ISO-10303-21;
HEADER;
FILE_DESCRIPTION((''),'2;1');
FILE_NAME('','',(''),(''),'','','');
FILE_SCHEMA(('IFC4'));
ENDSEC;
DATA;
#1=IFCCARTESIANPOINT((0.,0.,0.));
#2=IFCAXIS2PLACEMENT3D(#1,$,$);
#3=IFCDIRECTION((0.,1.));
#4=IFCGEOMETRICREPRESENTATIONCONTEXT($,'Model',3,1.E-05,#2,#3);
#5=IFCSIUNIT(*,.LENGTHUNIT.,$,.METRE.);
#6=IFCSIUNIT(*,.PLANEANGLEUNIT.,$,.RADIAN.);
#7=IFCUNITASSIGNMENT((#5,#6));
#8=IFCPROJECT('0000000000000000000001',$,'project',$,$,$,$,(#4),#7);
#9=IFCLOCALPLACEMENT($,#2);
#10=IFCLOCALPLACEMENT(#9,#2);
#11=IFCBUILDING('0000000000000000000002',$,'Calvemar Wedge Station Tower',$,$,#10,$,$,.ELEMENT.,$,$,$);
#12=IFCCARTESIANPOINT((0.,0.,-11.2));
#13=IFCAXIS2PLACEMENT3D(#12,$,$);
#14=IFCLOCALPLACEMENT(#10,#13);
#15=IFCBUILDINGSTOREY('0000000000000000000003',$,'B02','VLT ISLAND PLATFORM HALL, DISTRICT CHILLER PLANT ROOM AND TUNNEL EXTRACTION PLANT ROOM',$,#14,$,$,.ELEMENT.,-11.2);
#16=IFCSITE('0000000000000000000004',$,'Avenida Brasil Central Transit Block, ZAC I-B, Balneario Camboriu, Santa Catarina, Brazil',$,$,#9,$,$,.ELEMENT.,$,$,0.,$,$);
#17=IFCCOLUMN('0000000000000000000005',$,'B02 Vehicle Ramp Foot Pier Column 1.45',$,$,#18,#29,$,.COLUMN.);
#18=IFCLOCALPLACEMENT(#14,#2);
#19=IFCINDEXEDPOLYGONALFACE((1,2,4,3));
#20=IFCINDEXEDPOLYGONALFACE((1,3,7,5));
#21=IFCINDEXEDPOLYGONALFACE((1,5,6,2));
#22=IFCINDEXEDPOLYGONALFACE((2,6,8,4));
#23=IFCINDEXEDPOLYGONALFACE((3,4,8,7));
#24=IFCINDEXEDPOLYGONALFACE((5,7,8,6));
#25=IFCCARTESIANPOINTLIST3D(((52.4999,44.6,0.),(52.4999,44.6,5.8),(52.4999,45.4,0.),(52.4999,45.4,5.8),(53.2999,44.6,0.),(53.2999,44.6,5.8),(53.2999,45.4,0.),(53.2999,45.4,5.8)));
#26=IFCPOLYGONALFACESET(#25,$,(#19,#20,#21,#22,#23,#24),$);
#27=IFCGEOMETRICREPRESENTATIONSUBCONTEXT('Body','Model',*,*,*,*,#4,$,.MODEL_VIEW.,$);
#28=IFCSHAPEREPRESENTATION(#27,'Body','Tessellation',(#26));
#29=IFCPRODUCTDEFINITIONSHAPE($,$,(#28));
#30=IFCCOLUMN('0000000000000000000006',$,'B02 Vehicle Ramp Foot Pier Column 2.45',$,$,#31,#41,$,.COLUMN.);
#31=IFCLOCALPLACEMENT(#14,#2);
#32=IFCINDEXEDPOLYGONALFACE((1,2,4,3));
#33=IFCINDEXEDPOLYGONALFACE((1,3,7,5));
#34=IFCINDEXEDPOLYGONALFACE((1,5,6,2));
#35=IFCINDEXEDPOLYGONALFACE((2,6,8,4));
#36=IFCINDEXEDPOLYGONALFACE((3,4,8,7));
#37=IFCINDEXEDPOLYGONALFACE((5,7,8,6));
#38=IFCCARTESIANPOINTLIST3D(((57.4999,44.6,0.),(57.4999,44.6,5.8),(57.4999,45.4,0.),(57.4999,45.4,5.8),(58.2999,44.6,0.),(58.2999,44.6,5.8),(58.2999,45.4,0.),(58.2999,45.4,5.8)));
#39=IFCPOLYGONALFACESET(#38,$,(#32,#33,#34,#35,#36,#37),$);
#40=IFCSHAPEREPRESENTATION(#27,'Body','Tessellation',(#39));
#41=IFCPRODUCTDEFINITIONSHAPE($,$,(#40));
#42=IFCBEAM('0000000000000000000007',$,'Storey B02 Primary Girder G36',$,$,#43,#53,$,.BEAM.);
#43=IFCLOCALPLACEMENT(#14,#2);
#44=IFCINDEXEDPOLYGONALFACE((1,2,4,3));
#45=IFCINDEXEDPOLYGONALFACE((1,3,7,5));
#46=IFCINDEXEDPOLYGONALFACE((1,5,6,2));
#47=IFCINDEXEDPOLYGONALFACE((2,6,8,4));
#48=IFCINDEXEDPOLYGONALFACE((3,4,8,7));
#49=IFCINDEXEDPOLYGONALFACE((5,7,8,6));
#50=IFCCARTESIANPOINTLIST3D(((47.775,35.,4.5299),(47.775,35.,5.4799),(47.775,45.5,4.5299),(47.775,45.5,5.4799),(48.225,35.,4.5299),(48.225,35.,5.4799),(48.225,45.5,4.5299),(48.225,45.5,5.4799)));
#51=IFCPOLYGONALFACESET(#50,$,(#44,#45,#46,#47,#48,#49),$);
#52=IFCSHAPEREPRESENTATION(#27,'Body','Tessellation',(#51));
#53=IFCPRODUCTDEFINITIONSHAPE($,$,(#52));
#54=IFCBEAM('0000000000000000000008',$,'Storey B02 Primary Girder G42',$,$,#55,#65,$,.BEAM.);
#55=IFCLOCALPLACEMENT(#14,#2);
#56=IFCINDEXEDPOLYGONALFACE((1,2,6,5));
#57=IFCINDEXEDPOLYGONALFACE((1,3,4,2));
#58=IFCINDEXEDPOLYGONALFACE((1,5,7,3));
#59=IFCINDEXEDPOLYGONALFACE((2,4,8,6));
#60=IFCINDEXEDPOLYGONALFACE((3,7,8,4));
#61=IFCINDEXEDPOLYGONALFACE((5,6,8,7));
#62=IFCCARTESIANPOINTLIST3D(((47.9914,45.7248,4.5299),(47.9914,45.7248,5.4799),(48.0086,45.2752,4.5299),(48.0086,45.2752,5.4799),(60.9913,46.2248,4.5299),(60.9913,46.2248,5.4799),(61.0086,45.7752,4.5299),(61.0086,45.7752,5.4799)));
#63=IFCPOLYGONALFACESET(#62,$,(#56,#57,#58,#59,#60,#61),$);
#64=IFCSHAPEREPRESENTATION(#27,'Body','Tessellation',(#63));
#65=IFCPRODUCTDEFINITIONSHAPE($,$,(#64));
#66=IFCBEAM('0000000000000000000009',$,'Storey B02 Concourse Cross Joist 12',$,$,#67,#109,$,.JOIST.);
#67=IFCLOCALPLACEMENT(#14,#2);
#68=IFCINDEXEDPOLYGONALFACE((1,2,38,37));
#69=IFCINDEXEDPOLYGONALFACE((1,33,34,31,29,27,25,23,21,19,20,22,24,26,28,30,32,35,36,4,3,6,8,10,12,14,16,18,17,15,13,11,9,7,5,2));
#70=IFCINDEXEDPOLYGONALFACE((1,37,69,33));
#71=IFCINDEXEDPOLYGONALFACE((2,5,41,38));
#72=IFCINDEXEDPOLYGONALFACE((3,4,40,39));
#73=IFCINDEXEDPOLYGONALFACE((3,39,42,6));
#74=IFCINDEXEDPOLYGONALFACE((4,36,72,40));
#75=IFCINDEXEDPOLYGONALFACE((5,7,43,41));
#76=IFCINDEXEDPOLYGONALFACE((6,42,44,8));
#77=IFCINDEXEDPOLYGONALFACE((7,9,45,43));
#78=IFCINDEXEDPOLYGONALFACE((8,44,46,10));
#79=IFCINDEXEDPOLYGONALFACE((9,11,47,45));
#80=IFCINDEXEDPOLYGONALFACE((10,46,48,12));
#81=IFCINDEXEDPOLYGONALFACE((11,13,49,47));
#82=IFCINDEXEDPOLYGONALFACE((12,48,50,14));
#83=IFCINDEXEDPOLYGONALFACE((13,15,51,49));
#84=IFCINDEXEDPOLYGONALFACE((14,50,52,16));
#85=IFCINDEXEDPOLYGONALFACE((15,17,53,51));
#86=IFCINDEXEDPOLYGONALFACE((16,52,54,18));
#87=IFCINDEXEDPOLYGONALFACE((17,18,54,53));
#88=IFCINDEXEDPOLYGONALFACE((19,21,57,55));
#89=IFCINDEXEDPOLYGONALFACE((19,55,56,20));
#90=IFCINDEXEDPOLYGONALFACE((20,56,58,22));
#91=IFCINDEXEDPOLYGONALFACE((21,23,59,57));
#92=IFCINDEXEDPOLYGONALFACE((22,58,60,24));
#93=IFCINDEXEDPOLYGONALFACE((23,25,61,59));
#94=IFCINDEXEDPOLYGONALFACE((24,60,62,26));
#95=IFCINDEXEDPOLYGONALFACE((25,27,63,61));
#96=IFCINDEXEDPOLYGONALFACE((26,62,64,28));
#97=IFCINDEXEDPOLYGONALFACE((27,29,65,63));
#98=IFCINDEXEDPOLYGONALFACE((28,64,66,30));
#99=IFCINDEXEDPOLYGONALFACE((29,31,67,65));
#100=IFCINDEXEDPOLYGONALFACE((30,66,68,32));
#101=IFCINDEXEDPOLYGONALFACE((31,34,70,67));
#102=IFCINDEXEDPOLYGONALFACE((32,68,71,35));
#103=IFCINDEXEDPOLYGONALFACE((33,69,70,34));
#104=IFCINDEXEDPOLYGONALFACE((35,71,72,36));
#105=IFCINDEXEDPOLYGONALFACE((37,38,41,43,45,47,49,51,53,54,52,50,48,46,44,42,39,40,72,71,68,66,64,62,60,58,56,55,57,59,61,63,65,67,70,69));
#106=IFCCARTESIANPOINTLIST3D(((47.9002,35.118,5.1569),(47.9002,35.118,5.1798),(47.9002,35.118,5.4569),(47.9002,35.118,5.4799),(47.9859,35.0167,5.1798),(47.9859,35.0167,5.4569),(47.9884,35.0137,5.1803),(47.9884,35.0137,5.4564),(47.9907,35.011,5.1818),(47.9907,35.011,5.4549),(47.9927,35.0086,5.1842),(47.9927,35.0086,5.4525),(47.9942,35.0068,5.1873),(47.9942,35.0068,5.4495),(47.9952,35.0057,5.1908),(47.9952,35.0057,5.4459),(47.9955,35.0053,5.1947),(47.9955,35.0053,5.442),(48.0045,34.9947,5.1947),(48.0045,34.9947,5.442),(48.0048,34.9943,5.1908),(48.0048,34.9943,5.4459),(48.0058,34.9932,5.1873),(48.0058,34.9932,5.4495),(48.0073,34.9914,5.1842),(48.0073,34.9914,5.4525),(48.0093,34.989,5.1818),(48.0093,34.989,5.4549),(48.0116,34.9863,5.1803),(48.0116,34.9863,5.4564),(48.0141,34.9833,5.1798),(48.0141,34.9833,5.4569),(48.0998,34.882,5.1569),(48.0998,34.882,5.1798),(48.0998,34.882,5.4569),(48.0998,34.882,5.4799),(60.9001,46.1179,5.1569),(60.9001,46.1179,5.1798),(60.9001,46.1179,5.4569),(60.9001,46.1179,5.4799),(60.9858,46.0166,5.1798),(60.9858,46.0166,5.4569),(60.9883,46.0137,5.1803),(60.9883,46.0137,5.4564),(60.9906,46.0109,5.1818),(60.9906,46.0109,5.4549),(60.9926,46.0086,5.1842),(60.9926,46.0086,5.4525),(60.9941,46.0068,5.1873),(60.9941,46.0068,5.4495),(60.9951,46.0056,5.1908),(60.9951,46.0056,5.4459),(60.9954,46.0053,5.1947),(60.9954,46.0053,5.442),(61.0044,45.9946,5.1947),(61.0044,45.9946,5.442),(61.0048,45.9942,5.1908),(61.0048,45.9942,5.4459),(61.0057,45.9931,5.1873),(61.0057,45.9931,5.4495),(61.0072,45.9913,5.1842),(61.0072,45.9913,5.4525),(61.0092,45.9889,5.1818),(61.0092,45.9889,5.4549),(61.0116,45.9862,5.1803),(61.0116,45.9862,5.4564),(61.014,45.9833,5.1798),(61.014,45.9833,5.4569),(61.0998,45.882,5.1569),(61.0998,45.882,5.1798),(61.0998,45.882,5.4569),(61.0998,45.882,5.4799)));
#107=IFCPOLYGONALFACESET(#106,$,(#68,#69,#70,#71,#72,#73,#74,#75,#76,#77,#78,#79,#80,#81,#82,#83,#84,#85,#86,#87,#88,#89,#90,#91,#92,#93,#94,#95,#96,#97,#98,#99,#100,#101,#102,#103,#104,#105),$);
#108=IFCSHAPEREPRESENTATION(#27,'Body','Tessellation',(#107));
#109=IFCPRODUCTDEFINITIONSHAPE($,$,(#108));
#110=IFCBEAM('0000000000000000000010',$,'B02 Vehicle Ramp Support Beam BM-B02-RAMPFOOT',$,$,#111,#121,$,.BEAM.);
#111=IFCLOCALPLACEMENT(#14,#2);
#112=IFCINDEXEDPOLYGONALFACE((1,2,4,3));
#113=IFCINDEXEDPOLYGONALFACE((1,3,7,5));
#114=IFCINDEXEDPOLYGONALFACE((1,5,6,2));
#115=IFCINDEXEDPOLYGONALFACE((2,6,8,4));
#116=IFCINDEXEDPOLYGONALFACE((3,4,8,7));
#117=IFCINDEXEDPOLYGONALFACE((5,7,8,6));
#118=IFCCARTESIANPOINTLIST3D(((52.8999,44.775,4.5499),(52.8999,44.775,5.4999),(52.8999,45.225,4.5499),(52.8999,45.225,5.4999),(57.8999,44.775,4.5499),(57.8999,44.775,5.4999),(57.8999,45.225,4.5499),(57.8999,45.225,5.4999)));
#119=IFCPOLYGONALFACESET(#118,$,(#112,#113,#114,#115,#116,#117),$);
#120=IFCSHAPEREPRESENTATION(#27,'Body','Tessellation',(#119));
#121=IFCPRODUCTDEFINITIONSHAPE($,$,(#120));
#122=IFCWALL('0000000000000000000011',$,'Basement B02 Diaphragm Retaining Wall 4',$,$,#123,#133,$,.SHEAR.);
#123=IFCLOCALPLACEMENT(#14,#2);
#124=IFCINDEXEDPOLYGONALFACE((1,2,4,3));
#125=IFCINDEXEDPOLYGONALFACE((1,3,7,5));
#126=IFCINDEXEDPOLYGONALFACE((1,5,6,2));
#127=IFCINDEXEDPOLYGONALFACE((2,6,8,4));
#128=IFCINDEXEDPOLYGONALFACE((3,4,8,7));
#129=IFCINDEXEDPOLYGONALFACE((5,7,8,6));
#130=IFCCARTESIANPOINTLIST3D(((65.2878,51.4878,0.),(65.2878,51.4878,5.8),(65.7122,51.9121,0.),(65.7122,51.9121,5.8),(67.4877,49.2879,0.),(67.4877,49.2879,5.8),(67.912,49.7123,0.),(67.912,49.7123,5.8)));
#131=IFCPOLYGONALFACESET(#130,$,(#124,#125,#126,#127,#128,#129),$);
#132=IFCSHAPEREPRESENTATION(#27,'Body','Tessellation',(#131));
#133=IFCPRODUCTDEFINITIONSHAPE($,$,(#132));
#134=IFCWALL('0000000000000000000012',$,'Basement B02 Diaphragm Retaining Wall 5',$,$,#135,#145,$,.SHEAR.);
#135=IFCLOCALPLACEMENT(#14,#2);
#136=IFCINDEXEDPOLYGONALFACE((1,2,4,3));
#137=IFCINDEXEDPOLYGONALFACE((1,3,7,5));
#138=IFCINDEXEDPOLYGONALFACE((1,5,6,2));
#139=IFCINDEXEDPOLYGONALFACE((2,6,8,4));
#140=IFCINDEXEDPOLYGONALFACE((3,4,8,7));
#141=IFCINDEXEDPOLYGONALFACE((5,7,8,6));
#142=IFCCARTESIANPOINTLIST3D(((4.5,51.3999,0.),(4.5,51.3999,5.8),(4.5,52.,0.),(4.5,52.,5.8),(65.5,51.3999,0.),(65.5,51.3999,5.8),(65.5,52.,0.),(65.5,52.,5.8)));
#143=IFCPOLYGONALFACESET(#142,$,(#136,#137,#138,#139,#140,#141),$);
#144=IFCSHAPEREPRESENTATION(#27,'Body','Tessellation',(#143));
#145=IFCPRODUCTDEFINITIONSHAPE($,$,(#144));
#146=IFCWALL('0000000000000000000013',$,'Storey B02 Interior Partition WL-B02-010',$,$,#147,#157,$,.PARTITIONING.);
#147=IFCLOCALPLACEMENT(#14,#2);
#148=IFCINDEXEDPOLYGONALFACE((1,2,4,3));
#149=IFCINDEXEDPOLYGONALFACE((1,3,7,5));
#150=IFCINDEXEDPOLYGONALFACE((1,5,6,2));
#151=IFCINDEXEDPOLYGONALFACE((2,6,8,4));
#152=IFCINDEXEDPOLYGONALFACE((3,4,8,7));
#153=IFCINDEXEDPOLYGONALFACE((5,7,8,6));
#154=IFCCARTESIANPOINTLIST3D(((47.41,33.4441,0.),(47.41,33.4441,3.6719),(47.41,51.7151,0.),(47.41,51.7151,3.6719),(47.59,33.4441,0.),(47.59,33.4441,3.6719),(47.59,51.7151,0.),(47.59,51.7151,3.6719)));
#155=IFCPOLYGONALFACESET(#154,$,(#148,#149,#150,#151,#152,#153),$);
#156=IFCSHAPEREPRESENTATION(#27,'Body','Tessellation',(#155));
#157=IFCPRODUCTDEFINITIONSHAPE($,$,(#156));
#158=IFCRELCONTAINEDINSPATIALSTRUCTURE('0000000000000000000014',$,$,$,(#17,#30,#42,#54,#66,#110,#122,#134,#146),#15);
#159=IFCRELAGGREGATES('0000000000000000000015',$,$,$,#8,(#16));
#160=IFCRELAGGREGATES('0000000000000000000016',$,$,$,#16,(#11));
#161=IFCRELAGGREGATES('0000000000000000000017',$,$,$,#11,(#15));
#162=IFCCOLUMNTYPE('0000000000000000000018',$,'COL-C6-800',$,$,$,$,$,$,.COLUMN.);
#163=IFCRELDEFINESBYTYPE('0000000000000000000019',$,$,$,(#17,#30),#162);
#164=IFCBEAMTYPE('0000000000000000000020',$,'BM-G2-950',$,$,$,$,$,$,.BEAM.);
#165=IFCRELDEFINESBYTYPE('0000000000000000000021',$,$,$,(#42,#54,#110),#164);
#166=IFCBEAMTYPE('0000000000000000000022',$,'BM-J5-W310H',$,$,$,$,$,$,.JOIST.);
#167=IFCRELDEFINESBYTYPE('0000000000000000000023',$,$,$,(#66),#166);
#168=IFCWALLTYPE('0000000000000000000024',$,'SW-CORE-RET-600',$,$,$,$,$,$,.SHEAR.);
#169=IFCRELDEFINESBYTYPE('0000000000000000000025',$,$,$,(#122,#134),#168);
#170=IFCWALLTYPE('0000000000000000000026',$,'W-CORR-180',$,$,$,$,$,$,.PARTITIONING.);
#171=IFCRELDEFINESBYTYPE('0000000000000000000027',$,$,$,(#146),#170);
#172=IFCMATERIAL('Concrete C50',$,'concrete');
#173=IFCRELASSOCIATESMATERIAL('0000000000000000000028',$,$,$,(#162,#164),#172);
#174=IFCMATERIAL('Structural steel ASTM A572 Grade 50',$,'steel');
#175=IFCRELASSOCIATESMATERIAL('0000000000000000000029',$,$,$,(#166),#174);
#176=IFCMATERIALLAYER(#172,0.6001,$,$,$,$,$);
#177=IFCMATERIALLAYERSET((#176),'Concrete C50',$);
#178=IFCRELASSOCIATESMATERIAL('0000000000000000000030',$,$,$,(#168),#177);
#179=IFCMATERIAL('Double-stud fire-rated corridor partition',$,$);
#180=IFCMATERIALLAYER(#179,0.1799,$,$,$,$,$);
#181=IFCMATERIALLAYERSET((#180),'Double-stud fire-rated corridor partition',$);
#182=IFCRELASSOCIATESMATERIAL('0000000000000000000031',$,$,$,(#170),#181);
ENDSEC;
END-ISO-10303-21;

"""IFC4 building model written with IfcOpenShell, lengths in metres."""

from ifc_helpers import new_model, si_unit, direction, frame, frame_2d, origin, origin_2d, place, context, subcontext, project, spatial, rectangle, i_section, extrude, source, transform, mapped, material, layer, layer_set, material_profile, profile_set, type_object, element, save


model = new_model("IFC4")

# Units and contexts
model_context = context("Model", 3, precision=1e-05, world=origin(), true_north=direction((0.0, 1.0)))
body_context = subcontext(model_context, "Body", "Model", "MODEL_VIEW")
ifc_project = project(units=[si_unit("LENGTHUNIT", "METRE"), si_unit("PLANEANGLEUNIT", "RADIAN")], contexts=[model_context])

# Site, building, storey
site_placement = place(None, origin())
site = spatial("IfcSite", under=ifc_project, at=site_placement, Name="Avenida Brasil Central Transit Block, ZAC I-B, Balneario Camboriu, Santa Catarina, Brazil", CompositionType="ELEMENT", RefElevation=0.0)
building_placement = place(site_placement, origin())
building = spatial("IfcBuilding", under=site, at=building_placement, Name="Calvemar Wedge Station Tower", CompositionType="ELEMENT")
storey_placement = place(building_placement, frame((0.0, 0.0, -11.2)))
storey = spatial("IfcBuildingStorey", under=building, at=storey_placement, Name="B02", Description="VLT ISLAND PLATFORM HALL, DISTRICT CHILLER PLANT ROOM AND TUNNEL EXTRACTION PLANT ROOM", CompositionType="ELEMENT", Elevation=-11.2)

# Columns
ifc_material_1 = material(Name="Concrete C50", Category="concrete")
ifc_material_profile_1 = material_profile(ifc_material_1, rectangle(XDim=0.8, YDim=0.8, at=origin_2d()), Name="RC800x800")
ifc_profile_set_1 = profile_set([ifc_material_profile_1], Name="Concrete C50")
column_type_1 = type_object("IfcColumnType", Name="COL-C6-800", PredefinedType="COLUMN", material=ifc_profile_set_1)
shared_shape_1 = source(origin(), body_context, "Body", "SweptSolid", [
    extrude(rectangle(XDim=0.8, YDim=0.8, at=origin_2d()), origin(), (0.0, 0.0, 1.0), 5.8),
])
for number, where, z_axis, x_axis, name in (
    (1, (52.8999, 45.0, 0.0), (0.0, 0.0, 1.0), (1.0, 0.0, 0.0), "B02 Vehicle Ramp Foot Pier Column 1.45"),
    (2, (57.8999, 45.0, 0.0), (0.0, 0.0, 1.0), (1.0, 0.0, 0.0), "B02 Vehicle Ramp Foot Pier Column 2.45"),
):
    element("IfcColumn", number, at=place(storey_placement, frame(where, z_axis=z_axis, x_axis=x_axis)), inside=storey, type_object=column_type_1, Name=name, PredefinedType="COLUMN", context=body_context, shape_type="MappedRepresentation", body=[
        mapped(shared_shape_1, transform((0.0, 0.0, 0.0), scale=1.0)),
    ])

# Beams
ifc_material_profile_2 = material_profile(ifc_material_1, rectangle(XDim=0.45, YDim=0.95, at=origin_2d()), Name="RC450x950")
ifc_profile_set_2 = profile_set([ifc_material_profile_2], Name="Concrete C50")
beam_type_1 = type_object("IfcBeamType", Name="BM-G2-950", PredefinedType="BEAM", material=ifc_profile_set_2)
shared_shape_2 = source(origin(), body_context, "Body", "SweptSolid", [
    extrude(rectangle(XDim=0.45, YDim=0.95, at=origin_2d()), origin(), (0.0, 0.0, 1.0), 10.5),
])
beam_1_placement = place(storey_placement, frame((48.0, 35.0, 5.0049), z_axis=(0.0, 1.0, 0.0), x_axis=(-1.0, 0.0, 0.0)))
element("IfcBeam", 3, at=beam_1_placement, inside=storey, type_object=beam_type_1, Name="Storey B02 Primary Girder G36", PredefinedType="BEAM", context=body_context, shape_type="MappedRepresentation", body=[
    mapped(shared_shape_2, transform((0.0, 0.0, 0.0), scale=1.0)),
])
shared_shape_3 = source(origin(), body_context, "Body", "SweptSolid", [
    extrude(rectangle(XDim=0.45, YDim=0.95, at=origin_2d()), origin(), (0.0, 0.0, 1.0), 13.0095),
])
beam_2_placement = place(storey_placement, frame((48.0, 45.5, 5.0049), z_axis=(0.999261, 0.038433, 0.0), x_axis=(-0.038433, 0.999261, 0.0)))
element("IfcBeam", 4, at=beam_2_placement, inside=storey, type_object=beam_type_1, Name="Storey B02 Primary Girder G42", PredefinedType="BEAM", context=body_context, shape_type="MappedRepresentation", body=[
    mapped(shared_shape_3, transform((0.0, 0.0, 0.0), scale=1.0)),
])
ifc_material_2 = material(Name="Structural steel ASTM A572 Grade 50", Category="steel")
ifc_material_profile_3 = material_profile(ifc_material_2, i_section(OverallWidth=0.3091, OverallDepth=0.323, WebThickness=0.0139, FlangeThickness=0.0229, FilletRadius=0.0149, at=origin_2d()), Name="W310x143")
ifc_profile_set_3 = profile_set([ifc_material_profile_3], Name="Structural steel ASTM A572 Grade 50")
beam_type_2 = type_object("IfcBeamType", Name="BM-J5-W310H", PredefinedType="JOIST", material=ifc_profile_set_3)
shared_shape_4 = source(origin(), body_context, "Body", "SweptSolid", [
    extrude(i_section(OverallWidth=0.3091, OverallDepth=0.323, WebThickness=0.0139, FlangeThickness=0.0229, FilletRadius=0.0149, at=origin_2d()), origin(), (0.0, 0.0, 1.0), 17.0293),
])
beam_3_placement = place(storey_placement, frame((48.0, 35.0, 5.3184), z_axis=(0.763386, 0.645942, 0.0), x_axis=(-0.645942, 0.763386, 0.0)))
element("IfcBeam", 5, at=beam_3_placement, inside=storey, type_object=beam_type_2, Name="Storey B02 Concourse Cross Joist 12", PredefinedType="JOIST", context=body_context, shape_type="MappedRepresentation", body=[
    mapped(shared_shape_4, transform((0.0, 0.0, 0.0), scale=1.0)),
])
shared_shape_5 = source(origin(), body_context, "Body", "SweptSolid", [
    extrude(rectangle(XDim=0.45, YDim=0.95, at=origin_2d()), origin(), (0.0, 0.0, 1.0), 5.0),
])
beam_4_placement = place(storey_placement, frame((52.8999, 45.0, 5.0249), z_axis=(1.0, 0.0, 0.0), x_axis=(0.0, 1.0, 0.0)))
element("IfcBeam", 6, at=beam_4_placement, inside=storey, type_object=beam_type_1, Name="B02 Vehicle Ramp Support Beam BM-B02-RAMPFOOT", PredefinedType="BEAM", context=body_context, shape_type="MappedRepresentation", body=[
    mapped(shared_shape_5, transform((0.0, 0.0, 0.0), scale=1.0)),
])

# Walls
ifc_layer_1 = layer(ifc_material_1, 0.6001)
ifc_layer_set_1 = layer_set([ifc_layer_1], Name="Concrete C50")
wall_type_1 = type_object("IfcWallType", Name="SW-CORE-RET-600", PredefinedType="SHEAR", material=ifc_layer_set_1)
wall_1_placement = place(storey_placement, frame((67.7, 49.5, 0.0), z_axis=(0.0, 0.0, 1.0), x_axis=(-0.707107, 0.707107, 0.0)))
element("IfcWall", 7, at=wall_1_placement, inside=storey, type_object=wall_type_1, Name="Basement B02 Diaphragm Retaining Wall 4", PredefinedType="SHEAR", context=body_context, shape_type="SweptSolid", body=[
    extrude(rectangle(XDim=3.1111, YDim=0.6001, at=frame_2d((1.5557, 0.0))), origin(), (0.0, 0.0, 1.0), 5.8),
])
wall_2_placement = place(storey_placement, frame((65.5, 51.7, 0.0), z_axis=(0.0, 0.0, 1.0), x_axis=(-1.0, 0.0, 0.0)))
element("IfcWall", 8, at=wall_2_placement, inside=storey, type_object=wall_type_1, Name="Basement B02 Diaphragm Retaining Wall 5", PredefinedType="SHEAR", context=body_context, shape_type="SweptSolid", body=[
    extrude(rectangle(XDim=61.0, YDim=0.6001, at=frame_2d((30.5, 0.0))), origin(), (0.0, 0.0, 1.0), 5.8),
])
ifc_material_3 = material(Name="Double-stud fire-rated corridor partition")
ifc_layer_2 = layer(ifc_material_3, 0.1799)
ifc_layer_set_2 = layer_set([ifc_layer_2], Name="Double-stud fire-rated corridor partition")
wall_type_2 = type_object("IfcWallType", Name="W-CORR-180", PredefinedType="PARTITIONING", material=ifc_layer_set_2)
wall_3_placement = place(storey_placement, frame((47.5, 51.7151, 0.0), z_axis=(0.0, 0.0, 1.0), x_axis=(0.0, -1.0, 0.0)))
element("IfcWall", 9, at=wall_3_placement, inside=storey, type_object=wall_type_2, Name="Storey B02 Interior Partition WL-B02-010", PredefinedType="PARTITIONING", context=body_context, shape_type="SweptSolid", body=[
    extrude(rectangle(XDim=18.271, YDim=0.1799, at=frame_2d((9.1355, 0.0))), origin(), (0.0, 0.0, 1.0), 3.6719),
])

save(model, "model.ifc")
